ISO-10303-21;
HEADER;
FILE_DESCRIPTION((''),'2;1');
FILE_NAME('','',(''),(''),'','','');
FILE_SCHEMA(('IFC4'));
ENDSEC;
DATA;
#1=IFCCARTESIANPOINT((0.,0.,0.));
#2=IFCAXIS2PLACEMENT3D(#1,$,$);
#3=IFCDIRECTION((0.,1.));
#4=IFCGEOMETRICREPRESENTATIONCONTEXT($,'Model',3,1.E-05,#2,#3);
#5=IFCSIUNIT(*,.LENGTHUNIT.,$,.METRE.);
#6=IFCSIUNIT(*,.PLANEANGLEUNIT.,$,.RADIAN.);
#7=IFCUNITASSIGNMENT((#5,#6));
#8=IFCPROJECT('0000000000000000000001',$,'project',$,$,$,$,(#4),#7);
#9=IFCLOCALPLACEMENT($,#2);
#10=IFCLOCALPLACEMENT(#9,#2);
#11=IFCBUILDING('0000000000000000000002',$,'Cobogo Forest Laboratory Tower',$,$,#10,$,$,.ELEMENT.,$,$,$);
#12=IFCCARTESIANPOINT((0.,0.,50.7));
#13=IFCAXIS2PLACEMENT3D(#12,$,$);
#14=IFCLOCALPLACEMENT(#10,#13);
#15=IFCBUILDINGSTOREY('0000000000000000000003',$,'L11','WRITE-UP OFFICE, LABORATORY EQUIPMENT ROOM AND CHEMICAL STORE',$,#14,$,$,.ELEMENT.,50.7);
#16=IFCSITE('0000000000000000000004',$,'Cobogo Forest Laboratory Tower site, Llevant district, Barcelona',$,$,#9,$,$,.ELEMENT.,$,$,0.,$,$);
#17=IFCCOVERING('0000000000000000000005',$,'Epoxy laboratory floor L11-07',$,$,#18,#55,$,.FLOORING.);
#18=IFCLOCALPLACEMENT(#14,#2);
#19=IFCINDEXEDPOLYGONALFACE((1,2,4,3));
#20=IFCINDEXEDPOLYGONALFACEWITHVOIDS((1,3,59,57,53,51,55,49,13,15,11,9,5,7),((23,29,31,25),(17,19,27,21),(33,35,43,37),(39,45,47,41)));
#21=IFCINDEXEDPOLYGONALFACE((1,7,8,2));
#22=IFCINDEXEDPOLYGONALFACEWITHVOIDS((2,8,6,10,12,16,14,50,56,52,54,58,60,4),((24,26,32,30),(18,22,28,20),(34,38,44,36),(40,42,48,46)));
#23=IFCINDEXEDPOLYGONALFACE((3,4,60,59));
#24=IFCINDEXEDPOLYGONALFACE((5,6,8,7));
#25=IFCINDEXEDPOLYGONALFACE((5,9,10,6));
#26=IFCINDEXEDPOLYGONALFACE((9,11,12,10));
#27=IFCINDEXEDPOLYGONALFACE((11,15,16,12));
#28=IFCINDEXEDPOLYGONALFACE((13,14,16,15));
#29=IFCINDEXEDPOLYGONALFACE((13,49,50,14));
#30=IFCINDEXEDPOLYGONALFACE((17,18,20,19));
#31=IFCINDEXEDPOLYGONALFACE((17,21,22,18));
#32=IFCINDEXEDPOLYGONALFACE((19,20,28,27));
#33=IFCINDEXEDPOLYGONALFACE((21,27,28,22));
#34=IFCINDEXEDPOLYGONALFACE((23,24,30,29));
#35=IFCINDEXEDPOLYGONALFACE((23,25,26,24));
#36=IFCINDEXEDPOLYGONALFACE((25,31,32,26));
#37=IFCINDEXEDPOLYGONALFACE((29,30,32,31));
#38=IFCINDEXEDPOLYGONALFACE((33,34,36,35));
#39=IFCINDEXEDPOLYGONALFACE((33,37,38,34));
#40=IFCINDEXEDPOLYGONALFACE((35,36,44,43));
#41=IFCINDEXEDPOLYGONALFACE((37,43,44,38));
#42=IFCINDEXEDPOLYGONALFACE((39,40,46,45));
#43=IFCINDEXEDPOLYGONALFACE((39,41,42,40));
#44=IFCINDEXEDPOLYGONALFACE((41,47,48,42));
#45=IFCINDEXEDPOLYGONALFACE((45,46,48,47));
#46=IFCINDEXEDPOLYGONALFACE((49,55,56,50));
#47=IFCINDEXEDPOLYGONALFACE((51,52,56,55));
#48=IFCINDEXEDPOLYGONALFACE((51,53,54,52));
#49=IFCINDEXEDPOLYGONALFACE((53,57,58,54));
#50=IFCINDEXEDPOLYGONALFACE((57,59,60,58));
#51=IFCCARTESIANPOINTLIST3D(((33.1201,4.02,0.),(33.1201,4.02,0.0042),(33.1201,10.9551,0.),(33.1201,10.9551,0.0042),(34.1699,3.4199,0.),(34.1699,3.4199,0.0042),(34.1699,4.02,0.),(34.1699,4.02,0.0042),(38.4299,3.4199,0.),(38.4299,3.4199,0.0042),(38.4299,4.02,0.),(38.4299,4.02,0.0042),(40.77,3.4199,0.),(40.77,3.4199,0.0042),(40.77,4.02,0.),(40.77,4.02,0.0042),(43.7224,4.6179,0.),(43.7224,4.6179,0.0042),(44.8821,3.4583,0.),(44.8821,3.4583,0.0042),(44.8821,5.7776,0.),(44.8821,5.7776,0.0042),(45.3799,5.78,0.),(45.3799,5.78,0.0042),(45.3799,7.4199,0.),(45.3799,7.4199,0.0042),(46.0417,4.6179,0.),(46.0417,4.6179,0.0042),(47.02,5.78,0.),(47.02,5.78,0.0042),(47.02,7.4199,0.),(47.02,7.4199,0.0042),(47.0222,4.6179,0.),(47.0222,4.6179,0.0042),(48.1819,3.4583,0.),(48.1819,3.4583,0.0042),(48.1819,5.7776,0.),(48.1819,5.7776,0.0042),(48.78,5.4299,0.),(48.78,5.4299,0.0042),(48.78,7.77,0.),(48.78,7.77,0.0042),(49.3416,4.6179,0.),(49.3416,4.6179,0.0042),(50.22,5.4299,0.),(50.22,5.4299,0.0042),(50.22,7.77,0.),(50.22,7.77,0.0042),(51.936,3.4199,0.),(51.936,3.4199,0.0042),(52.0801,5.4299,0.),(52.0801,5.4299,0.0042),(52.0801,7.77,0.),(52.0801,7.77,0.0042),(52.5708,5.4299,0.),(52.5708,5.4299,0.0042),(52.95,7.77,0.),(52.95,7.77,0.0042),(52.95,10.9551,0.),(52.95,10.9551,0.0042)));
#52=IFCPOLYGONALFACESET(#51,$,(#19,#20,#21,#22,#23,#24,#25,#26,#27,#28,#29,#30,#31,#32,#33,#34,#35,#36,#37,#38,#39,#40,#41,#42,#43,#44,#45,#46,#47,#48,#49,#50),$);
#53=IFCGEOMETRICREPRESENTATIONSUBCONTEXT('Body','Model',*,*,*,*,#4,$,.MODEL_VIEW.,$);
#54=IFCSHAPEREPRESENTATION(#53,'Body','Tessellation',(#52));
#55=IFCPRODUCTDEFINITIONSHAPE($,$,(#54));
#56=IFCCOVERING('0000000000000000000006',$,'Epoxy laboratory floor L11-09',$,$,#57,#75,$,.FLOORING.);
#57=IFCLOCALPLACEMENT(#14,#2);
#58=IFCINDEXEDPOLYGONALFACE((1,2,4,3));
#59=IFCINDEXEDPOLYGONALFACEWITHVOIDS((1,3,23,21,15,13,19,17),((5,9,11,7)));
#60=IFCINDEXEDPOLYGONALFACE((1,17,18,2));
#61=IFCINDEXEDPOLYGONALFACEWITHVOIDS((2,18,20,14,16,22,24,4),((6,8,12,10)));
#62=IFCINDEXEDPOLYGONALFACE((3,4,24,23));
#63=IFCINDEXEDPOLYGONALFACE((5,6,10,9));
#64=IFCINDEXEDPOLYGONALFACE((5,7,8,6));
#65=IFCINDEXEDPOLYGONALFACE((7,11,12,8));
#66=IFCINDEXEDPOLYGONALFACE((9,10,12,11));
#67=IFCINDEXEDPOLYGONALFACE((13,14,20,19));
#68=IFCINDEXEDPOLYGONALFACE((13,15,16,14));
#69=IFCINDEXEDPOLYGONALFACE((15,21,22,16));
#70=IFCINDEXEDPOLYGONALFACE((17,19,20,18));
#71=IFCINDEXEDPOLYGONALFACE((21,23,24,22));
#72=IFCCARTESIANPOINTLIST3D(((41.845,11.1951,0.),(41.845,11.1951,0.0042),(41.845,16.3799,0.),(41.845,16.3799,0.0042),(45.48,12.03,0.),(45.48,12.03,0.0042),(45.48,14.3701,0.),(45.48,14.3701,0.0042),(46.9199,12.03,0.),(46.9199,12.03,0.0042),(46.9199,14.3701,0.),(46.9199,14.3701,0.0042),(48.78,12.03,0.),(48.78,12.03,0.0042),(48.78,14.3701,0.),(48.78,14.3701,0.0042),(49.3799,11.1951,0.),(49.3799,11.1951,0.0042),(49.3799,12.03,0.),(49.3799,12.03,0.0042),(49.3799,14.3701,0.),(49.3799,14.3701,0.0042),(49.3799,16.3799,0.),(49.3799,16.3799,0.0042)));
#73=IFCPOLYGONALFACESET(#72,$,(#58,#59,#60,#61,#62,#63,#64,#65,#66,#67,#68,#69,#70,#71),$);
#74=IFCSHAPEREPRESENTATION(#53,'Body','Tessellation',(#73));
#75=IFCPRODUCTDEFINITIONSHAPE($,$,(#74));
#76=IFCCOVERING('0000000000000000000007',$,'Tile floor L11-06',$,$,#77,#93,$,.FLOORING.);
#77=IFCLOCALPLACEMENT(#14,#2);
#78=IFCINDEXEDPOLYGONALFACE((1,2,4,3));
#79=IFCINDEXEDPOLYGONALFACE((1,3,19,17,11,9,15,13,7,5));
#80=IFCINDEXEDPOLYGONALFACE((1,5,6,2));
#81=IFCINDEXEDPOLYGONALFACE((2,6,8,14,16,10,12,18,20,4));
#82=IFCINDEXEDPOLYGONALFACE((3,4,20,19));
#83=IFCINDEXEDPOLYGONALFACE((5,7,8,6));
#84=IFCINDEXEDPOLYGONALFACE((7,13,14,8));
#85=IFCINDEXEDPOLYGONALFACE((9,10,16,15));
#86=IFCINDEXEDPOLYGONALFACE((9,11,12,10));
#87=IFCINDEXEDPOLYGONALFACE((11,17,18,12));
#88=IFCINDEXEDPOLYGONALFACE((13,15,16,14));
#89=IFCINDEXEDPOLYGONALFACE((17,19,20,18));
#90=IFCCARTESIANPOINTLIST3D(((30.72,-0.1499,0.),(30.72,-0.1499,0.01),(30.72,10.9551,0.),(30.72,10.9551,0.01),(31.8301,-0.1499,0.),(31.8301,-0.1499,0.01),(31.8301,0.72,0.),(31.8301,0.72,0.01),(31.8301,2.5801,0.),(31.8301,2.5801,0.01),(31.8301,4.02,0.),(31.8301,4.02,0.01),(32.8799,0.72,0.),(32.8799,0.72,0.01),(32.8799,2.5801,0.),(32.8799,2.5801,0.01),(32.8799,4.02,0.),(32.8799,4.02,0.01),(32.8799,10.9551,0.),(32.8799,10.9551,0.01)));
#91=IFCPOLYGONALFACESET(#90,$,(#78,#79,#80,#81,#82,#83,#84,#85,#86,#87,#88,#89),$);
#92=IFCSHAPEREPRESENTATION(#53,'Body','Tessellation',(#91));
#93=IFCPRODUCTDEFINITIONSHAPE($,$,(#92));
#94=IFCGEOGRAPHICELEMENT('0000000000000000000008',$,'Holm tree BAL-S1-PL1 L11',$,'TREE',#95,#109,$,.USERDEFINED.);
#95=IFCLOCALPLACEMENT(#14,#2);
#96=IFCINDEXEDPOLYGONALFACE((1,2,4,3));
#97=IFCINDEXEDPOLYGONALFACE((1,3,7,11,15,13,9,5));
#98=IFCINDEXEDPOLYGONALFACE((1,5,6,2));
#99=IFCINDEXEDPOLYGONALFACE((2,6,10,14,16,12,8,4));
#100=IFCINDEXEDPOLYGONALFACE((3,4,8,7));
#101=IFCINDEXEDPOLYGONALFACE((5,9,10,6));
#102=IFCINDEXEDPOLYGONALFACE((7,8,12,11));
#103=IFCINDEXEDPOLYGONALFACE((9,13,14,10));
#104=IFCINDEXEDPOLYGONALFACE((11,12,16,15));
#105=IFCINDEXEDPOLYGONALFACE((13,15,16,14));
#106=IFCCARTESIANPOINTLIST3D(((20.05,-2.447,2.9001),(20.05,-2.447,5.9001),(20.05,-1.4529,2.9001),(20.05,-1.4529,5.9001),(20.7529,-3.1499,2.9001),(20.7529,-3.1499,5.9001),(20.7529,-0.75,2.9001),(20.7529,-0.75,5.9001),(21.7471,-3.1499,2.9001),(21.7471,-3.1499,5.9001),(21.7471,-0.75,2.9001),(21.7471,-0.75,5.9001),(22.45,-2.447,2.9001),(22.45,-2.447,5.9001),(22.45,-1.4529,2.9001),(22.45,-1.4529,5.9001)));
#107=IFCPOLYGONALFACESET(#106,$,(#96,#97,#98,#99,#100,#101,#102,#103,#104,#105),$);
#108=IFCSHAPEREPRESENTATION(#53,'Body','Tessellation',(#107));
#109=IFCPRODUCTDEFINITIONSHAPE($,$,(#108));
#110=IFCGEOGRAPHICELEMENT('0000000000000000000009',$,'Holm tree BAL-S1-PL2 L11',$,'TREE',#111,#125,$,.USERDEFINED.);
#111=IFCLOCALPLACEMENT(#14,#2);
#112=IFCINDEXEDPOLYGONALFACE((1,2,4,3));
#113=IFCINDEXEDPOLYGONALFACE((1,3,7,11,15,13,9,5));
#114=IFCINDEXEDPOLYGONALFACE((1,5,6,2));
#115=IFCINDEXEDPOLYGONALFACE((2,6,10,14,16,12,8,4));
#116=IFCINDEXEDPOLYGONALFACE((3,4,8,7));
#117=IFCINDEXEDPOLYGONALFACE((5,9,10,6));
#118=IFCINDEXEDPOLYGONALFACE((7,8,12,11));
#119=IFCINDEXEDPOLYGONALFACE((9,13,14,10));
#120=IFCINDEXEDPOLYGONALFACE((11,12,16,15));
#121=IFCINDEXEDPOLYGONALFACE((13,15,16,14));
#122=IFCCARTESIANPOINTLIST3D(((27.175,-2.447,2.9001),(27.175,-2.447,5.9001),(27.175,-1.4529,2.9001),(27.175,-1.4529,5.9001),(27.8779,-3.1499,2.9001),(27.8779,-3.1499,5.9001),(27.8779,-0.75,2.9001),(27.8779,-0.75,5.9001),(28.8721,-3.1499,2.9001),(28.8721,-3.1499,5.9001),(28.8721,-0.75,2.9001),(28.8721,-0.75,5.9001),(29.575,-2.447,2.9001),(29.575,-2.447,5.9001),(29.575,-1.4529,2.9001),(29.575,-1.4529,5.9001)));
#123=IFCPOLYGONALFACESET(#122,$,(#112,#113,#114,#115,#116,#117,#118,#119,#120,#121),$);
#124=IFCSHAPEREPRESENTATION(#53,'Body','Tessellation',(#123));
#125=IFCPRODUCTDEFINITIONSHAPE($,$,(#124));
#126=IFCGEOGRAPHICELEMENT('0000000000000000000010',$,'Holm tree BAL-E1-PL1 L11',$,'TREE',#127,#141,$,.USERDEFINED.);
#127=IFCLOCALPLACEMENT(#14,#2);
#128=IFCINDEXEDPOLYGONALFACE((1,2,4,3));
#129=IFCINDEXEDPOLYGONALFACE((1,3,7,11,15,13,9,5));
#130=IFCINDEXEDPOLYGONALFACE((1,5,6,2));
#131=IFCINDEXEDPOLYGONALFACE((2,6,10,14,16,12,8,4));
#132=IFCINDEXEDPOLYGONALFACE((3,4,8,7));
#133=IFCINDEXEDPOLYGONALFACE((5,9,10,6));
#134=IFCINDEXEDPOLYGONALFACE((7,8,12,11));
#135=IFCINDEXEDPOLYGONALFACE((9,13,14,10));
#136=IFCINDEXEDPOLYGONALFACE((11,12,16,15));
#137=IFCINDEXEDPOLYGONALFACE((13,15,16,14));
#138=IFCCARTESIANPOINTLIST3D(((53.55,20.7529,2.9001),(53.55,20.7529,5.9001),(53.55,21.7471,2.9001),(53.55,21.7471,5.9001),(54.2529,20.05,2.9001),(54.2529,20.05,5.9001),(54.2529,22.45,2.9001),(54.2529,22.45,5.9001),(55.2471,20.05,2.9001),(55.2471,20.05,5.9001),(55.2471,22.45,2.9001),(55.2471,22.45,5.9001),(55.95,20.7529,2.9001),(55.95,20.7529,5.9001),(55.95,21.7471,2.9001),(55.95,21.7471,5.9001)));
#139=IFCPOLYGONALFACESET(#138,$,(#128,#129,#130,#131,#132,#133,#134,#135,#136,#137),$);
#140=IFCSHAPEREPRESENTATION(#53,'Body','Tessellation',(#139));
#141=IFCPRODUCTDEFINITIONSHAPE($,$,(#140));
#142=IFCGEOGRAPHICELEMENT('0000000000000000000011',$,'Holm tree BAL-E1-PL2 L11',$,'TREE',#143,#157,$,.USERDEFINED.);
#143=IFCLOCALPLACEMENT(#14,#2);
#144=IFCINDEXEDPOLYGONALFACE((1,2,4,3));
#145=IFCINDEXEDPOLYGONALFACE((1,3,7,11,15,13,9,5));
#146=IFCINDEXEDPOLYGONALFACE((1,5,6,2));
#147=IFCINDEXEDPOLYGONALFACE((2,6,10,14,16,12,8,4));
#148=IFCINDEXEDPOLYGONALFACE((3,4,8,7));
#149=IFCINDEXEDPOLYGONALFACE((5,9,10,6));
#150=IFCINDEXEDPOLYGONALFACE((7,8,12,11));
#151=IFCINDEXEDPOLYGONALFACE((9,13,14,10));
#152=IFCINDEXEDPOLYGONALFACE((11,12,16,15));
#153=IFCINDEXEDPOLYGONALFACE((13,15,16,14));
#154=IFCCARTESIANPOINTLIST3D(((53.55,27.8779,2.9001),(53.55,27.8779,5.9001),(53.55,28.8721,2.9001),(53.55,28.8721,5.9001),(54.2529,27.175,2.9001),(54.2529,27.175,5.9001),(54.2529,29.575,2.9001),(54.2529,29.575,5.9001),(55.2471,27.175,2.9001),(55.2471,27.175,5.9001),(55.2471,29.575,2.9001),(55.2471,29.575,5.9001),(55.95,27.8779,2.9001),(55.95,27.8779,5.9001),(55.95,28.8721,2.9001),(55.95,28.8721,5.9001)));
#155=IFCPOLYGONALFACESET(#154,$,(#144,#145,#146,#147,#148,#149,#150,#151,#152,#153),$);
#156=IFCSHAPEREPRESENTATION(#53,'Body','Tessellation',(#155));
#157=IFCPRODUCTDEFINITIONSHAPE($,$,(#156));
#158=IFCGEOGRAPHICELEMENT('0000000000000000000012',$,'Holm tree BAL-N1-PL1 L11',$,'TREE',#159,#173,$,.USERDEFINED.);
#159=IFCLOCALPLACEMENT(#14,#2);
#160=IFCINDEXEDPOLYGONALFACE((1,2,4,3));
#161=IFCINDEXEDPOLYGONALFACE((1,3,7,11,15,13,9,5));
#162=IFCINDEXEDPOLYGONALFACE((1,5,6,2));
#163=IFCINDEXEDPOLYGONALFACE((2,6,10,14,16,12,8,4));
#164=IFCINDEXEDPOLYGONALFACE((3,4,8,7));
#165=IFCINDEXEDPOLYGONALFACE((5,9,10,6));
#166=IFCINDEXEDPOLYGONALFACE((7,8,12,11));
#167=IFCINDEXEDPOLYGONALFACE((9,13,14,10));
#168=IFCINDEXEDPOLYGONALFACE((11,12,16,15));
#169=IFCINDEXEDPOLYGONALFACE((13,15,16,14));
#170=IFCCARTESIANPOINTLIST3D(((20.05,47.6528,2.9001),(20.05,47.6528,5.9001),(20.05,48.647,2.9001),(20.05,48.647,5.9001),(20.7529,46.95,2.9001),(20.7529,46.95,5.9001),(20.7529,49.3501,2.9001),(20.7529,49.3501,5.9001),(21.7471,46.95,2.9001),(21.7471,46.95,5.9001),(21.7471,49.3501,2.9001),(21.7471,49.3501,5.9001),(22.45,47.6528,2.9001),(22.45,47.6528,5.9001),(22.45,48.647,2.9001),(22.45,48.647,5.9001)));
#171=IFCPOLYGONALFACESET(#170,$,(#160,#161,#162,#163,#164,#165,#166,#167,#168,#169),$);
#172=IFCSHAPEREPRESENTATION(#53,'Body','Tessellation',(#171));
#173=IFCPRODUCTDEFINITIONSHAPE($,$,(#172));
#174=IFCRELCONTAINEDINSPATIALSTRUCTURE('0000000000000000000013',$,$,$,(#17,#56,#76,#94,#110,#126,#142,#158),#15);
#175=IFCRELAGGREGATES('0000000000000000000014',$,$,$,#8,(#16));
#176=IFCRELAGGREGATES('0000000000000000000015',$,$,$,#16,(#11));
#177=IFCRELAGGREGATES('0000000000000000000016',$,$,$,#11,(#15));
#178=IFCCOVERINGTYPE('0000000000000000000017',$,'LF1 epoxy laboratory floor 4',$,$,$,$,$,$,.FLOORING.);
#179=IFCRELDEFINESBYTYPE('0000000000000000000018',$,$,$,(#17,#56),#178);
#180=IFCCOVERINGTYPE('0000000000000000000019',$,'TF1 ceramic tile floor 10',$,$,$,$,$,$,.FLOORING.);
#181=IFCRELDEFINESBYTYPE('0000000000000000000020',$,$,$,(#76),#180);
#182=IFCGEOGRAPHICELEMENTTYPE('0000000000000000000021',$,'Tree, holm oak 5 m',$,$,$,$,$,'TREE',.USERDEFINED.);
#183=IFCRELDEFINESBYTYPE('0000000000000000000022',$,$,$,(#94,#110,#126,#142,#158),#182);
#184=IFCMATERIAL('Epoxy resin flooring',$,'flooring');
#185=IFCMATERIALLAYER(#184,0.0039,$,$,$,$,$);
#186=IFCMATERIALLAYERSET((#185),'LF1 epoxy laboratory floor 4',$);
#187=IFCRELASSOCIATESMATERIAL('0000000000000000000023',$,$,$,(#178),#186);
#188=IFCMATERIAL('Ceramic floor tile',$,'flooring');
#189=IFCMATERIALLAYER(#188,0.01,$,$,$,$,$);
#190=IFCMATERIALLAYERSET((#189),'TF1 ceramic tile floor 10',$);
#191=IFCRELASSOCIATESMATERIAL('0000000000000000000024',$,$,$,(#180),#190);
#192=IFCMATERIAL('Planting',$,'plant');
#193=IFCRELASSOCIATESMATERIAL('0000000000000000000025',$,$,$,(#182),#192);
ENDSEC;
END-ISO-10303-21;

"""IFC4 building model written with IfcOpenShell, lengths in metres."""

from ifc_helpers import new_model, si_unit, direction, frame, origin, place, context, subcontext, project, spatial, polyline, outline, extrude, material, layer, layer_set, type_object, element, save


model = new_model("IFC4")

# Units and contexts
model_context = context("Model", 3, precision=1e-05, world=origin(), true_north=direction((0.0, 1.0)))
body_context = subcontext(model_context, "Body", "Model", "MODEL_VIEW")
ifc_project = project(units=[si_unit("LENGTHUNIT", "METRE"), si_unit("PLANEANGLEUNIT", "RADIAN")], contexts=[model_context])

# Site, building, storey
site_placement = place(None, origin())
site = spatial("IfcSite", under=ifc_project, at=site_placement, Name="Cobogo Forest Laboratory Tower site, Llevant district, Barcelona", CompositionType="ELEMENT", RefElevation=0.0)
building_placement = place(site_placement, origin())
building = spatial("IfcBuilding", under=site, at=building_placement, Name="Cobogo Forest Laboratory Tower", CompositionType="ELEMENT")
storey_placement = place(building_placement, frame((0.0, 0.0, 50.7)))
storey = spatial("IfcBuildingStorey", under=building, at=storey_placement, Name="L11", Description="WRITE-UP OFFICE, LABORATORY EQUIPMENT ROOM AND CHEMICAL STORE", CompositionType="ELEMENT", Elevation=50.7)

# Coverings
ifc_material_1 = material(Name="Epoxy resin flooring", Category="flooring")
ifc_layer_1 = layer(ifc_material_1, 0.0039)
ifc_layer_set_1 = layer_set([ifc_layer_1], Name="LF1 epoxy laboratory floor 4")
covering_type_1 = type_object("IfcCoveringType", Name="LF1 epoxy laboratory floor 4", PredefinedType="FLOORING", material=ifc_layer_set_1)
covering_1_placement = place(storey_placement, origin())
element("IfcCovering", 1, at=covering_1_placement, inside=storey, type_object=covering_type_1, Name="Epoxy laboratory floor L11-07", PredefinedType="FLOORING", context=body_context, shape_type="SweptSolid", body=[
    extrude(outline(polyline([(33.1201, 10.9551), (52.95, 10.9551), (52.95, 7.77), (52.0801, 7.77), (52.0801, 5.4299), (52.5708, 5.4299), (51.936, 3.4199), (40.77, 3.4199), (40.77, 4.02), (38.4299, 4.02), (38.4299, 3.4199), (34.1699, 3.4199), (34.1699, 4.02), (33.1201, 4.02), (33.1201, 10.9551)]), holes=[polyline([(48.78, 5.4299), (50.22, 5.4299), (50.22, 7.77), (48.78, 7.77), (48.78, 5.4299)]), polyline([(48.1819, 5.7776), (47.0222, 4.6179), (48.1819, 3.4583), (49.3416, 4.6179), (48.1819, 5.7776)]), polyline([(45.3799, 7.4199), (45.3799, 5.78), (47.02, 5.78), (47.02, 7.4199), (45.3799, 7.4199)]), polyline([(44.8821, 5.7776), (43.7224, 4.6179), (44.8821, 3.4583), (46.0417, 4.6179), (44.8821, 5.7776)])]), origin(), (0.0, 0.0, 1.0), 0.0042),
])
covering_2_placement = place(storey_placement, origin())
element("IfcCovering", 2, at=covering_2_placement, inside=storey, type_object=covering_type_1, Name="Epoxy laboratory floor L11-09", PredefinedType="FLOORING", context=body_context, shape_type="SweptSolid", body=[
    extrude(outline(polyline([(41.845, 16.3799), (49.3799, 16.3799), (49.3799, 14.3701), (48.78, 14.3701), (48.78, 12.03), (49.3799, 12.03), (49.3799, 11.1951), (41.845, 11.1951), (41.845, 16.3799)]), holes=[polyline([(45.48, 12.03), (46.9199, 12.03), (46.9199, 14.3701), (45.48, 14.3701), (45.48, 12.03)])]), origin(), (0.0, 0.0, 1.0), 0.0042),
])
ifc_material_2 = material(Name="Ceramic floor tile", Category="flooring")
ifc_layer_2 = layer(ifc_material_2, 0.01)
ifc_layer_set_2 = layer_set([ifc_layer_2], Name="TF1 ceramic tile floor 10")
covering_type_2 = type_object("IfcCoveringType", Name="TF1 ceramic tile floor 10", PredefinedType="FLOORING", material=ifc_layer_set_2)
covering_3_placement = place(storey_placement, origin())
element("IfcCovering", 3, at=covering_3_placement, inside=storey, type_object=covering_type_2, Name="Tile floor L11-06", PredefinedType="FLOORING", context=body_context, shape_type="SweptSolid", body=[
    extrude(outline(polyline([(32.8799, 10.9551), (32.8799, 4.02), (31.8301, 4.02), (31.8301, 2.5801), (32.8799, 2.5801), (32.8799, 0.72), (31.8301, 0.72), (31.8301, -0.1499), (30.72, -0.1499), (30.72, 10.9551), (32.8799, 10.9551)])), origin(), (0.0, 0.0, 1.0), 0.01),
])

# Geographic elements
ifc_material_3 = material(Name="Planting", Category="plant")
geographic_element_type = type_object("IfcGeographicElementType", Name="Tree, holm oak 5 m", ElementType="TREE", PredefinedType="USERDEFINED", material=ifc_material_3)
geographic_element_1_placement = place(storey_placement, frame((0.0, 0.0, 2.9001)))
element("IfcGeographicElement", 4, at=geographic_element_1_placement, inside=storey, type_object=geographic_element_type, Name="Holm tree BAL-S1-PL1 L11", ObjectType="TREE", PredefinedType="USERDEFINED", context=body_context, shape_type="SweptSolid", body=[
    extrude(outline(polyline([(22.45, -2.447), (22.45, -1.4529), (21.7471, -0.75), (20.7529, -0.75), (20.05, -1.4529), (20.05, -2.447), (20.7529, -3.1499), (21.7471, -3.1499), (22.45, -2.447)])), origin(), (0.0, 0.0, 1.0), 3.0),
])
geographic_element_2_placement = place(storey_placement, frame((0.0, 0.0, 2.9001)))
element("IfcGeographicElement", 5, at=geographic_element_2_placement, inside=storey, type_object=geographic_element_type, Name="Holm tree BAL-S1-PL2 L11", ObjectType="TREE", PredefinedType="USERDEFINED", context=body_context, shape_type="SweptSolid", body=[
    extrude(outline(polyline([(29.575, -2.447), (29.575, -1.4529), (28.8721, -0.75), (27.8779, -0.75), (27.175, -1.4529), (27.175, -2.447), (27.8779, -3.1499), (28.8721, -3.1499), (29.575, -2.447)])), origin(), (0.0, 0.0, 1.0), 3.0),
])
geographic_element_3_placement = place(storey_placement, frame((0.0, 0.0, 2.9001)))
element("IfcGeographicElement", 6, at=geographic_element_3_placement, inside=storey, type_object=geographic_element_type, Name="Holm tree BAL-E1-PL1 L11", ObjectType="TREE", PredefinedType="USERDEFINED", context=body_context, shape_type="SweptSolid", body=[
    extrude(outline(polyline([(55.95, 20.7529), (55.95, 21.7471), (55.2471, 22.45), (54.2529, 22.45), (53.55, 21.7471), (53.55, 20.7529), (54.2529, 20.05), (55.2471, 20.05), (55.95, 20.7529)])), origin(), (0.0, 0.0, 1.0), 3.0),
])
geographic_element_4_placement = place(storey_placement, frame((0.0, 0.0, 2.9001)))
element("IfcGeographicElement", 7, at=geographic_element_4_placement, inside=storey, type_object=geographic_element_type, Name="Holm tree BAL-E1-PL2 L11", ObjectType="TREE", PredefinedType="USERDEFINED", context=body_context, shape_type="SweptSolid", body=[
    extrude(outline(polyline([(55.95, 27.8779), (55.95, 28.8721), (55.2471, 29.575), (54.2529, 29.575), (53.55, 28.8721), (53.55, 27.8779), (54.2529, 27.175), (55.2471, 27.175), (55.95, 27.8779)])), origin(), (0.0, 0.0, 1.0), 3.0),
])
geographic_element_5_placement = place(storey_placement, frame((0.0, 0.0, 2.9001)))
element("IfcGeographicElement", 8, at=geographic_element_5_placement, inside=storey, type_object=geographic_element_type, Name="Holm tree BAL-N1-PL1 L11", ObjectType="TREE", PredefinedType="USERDEFINED", context=body_context, shape_type="SweptSolid", body=[
    extrude(outline(polyline([(22.45, 47.6528), (22.45, 48.647), (21.7471, 49.3501), (20.7529, 49.3501), (20.05, 48.647), (20.05, 47.6528), (20.7529, 46.95), (21.7471, 46.95), (22.45, 47.6528)])), origin(), (0.0, 0.0, 1.0), 3.0),
])

save(model, "model.ifc")
